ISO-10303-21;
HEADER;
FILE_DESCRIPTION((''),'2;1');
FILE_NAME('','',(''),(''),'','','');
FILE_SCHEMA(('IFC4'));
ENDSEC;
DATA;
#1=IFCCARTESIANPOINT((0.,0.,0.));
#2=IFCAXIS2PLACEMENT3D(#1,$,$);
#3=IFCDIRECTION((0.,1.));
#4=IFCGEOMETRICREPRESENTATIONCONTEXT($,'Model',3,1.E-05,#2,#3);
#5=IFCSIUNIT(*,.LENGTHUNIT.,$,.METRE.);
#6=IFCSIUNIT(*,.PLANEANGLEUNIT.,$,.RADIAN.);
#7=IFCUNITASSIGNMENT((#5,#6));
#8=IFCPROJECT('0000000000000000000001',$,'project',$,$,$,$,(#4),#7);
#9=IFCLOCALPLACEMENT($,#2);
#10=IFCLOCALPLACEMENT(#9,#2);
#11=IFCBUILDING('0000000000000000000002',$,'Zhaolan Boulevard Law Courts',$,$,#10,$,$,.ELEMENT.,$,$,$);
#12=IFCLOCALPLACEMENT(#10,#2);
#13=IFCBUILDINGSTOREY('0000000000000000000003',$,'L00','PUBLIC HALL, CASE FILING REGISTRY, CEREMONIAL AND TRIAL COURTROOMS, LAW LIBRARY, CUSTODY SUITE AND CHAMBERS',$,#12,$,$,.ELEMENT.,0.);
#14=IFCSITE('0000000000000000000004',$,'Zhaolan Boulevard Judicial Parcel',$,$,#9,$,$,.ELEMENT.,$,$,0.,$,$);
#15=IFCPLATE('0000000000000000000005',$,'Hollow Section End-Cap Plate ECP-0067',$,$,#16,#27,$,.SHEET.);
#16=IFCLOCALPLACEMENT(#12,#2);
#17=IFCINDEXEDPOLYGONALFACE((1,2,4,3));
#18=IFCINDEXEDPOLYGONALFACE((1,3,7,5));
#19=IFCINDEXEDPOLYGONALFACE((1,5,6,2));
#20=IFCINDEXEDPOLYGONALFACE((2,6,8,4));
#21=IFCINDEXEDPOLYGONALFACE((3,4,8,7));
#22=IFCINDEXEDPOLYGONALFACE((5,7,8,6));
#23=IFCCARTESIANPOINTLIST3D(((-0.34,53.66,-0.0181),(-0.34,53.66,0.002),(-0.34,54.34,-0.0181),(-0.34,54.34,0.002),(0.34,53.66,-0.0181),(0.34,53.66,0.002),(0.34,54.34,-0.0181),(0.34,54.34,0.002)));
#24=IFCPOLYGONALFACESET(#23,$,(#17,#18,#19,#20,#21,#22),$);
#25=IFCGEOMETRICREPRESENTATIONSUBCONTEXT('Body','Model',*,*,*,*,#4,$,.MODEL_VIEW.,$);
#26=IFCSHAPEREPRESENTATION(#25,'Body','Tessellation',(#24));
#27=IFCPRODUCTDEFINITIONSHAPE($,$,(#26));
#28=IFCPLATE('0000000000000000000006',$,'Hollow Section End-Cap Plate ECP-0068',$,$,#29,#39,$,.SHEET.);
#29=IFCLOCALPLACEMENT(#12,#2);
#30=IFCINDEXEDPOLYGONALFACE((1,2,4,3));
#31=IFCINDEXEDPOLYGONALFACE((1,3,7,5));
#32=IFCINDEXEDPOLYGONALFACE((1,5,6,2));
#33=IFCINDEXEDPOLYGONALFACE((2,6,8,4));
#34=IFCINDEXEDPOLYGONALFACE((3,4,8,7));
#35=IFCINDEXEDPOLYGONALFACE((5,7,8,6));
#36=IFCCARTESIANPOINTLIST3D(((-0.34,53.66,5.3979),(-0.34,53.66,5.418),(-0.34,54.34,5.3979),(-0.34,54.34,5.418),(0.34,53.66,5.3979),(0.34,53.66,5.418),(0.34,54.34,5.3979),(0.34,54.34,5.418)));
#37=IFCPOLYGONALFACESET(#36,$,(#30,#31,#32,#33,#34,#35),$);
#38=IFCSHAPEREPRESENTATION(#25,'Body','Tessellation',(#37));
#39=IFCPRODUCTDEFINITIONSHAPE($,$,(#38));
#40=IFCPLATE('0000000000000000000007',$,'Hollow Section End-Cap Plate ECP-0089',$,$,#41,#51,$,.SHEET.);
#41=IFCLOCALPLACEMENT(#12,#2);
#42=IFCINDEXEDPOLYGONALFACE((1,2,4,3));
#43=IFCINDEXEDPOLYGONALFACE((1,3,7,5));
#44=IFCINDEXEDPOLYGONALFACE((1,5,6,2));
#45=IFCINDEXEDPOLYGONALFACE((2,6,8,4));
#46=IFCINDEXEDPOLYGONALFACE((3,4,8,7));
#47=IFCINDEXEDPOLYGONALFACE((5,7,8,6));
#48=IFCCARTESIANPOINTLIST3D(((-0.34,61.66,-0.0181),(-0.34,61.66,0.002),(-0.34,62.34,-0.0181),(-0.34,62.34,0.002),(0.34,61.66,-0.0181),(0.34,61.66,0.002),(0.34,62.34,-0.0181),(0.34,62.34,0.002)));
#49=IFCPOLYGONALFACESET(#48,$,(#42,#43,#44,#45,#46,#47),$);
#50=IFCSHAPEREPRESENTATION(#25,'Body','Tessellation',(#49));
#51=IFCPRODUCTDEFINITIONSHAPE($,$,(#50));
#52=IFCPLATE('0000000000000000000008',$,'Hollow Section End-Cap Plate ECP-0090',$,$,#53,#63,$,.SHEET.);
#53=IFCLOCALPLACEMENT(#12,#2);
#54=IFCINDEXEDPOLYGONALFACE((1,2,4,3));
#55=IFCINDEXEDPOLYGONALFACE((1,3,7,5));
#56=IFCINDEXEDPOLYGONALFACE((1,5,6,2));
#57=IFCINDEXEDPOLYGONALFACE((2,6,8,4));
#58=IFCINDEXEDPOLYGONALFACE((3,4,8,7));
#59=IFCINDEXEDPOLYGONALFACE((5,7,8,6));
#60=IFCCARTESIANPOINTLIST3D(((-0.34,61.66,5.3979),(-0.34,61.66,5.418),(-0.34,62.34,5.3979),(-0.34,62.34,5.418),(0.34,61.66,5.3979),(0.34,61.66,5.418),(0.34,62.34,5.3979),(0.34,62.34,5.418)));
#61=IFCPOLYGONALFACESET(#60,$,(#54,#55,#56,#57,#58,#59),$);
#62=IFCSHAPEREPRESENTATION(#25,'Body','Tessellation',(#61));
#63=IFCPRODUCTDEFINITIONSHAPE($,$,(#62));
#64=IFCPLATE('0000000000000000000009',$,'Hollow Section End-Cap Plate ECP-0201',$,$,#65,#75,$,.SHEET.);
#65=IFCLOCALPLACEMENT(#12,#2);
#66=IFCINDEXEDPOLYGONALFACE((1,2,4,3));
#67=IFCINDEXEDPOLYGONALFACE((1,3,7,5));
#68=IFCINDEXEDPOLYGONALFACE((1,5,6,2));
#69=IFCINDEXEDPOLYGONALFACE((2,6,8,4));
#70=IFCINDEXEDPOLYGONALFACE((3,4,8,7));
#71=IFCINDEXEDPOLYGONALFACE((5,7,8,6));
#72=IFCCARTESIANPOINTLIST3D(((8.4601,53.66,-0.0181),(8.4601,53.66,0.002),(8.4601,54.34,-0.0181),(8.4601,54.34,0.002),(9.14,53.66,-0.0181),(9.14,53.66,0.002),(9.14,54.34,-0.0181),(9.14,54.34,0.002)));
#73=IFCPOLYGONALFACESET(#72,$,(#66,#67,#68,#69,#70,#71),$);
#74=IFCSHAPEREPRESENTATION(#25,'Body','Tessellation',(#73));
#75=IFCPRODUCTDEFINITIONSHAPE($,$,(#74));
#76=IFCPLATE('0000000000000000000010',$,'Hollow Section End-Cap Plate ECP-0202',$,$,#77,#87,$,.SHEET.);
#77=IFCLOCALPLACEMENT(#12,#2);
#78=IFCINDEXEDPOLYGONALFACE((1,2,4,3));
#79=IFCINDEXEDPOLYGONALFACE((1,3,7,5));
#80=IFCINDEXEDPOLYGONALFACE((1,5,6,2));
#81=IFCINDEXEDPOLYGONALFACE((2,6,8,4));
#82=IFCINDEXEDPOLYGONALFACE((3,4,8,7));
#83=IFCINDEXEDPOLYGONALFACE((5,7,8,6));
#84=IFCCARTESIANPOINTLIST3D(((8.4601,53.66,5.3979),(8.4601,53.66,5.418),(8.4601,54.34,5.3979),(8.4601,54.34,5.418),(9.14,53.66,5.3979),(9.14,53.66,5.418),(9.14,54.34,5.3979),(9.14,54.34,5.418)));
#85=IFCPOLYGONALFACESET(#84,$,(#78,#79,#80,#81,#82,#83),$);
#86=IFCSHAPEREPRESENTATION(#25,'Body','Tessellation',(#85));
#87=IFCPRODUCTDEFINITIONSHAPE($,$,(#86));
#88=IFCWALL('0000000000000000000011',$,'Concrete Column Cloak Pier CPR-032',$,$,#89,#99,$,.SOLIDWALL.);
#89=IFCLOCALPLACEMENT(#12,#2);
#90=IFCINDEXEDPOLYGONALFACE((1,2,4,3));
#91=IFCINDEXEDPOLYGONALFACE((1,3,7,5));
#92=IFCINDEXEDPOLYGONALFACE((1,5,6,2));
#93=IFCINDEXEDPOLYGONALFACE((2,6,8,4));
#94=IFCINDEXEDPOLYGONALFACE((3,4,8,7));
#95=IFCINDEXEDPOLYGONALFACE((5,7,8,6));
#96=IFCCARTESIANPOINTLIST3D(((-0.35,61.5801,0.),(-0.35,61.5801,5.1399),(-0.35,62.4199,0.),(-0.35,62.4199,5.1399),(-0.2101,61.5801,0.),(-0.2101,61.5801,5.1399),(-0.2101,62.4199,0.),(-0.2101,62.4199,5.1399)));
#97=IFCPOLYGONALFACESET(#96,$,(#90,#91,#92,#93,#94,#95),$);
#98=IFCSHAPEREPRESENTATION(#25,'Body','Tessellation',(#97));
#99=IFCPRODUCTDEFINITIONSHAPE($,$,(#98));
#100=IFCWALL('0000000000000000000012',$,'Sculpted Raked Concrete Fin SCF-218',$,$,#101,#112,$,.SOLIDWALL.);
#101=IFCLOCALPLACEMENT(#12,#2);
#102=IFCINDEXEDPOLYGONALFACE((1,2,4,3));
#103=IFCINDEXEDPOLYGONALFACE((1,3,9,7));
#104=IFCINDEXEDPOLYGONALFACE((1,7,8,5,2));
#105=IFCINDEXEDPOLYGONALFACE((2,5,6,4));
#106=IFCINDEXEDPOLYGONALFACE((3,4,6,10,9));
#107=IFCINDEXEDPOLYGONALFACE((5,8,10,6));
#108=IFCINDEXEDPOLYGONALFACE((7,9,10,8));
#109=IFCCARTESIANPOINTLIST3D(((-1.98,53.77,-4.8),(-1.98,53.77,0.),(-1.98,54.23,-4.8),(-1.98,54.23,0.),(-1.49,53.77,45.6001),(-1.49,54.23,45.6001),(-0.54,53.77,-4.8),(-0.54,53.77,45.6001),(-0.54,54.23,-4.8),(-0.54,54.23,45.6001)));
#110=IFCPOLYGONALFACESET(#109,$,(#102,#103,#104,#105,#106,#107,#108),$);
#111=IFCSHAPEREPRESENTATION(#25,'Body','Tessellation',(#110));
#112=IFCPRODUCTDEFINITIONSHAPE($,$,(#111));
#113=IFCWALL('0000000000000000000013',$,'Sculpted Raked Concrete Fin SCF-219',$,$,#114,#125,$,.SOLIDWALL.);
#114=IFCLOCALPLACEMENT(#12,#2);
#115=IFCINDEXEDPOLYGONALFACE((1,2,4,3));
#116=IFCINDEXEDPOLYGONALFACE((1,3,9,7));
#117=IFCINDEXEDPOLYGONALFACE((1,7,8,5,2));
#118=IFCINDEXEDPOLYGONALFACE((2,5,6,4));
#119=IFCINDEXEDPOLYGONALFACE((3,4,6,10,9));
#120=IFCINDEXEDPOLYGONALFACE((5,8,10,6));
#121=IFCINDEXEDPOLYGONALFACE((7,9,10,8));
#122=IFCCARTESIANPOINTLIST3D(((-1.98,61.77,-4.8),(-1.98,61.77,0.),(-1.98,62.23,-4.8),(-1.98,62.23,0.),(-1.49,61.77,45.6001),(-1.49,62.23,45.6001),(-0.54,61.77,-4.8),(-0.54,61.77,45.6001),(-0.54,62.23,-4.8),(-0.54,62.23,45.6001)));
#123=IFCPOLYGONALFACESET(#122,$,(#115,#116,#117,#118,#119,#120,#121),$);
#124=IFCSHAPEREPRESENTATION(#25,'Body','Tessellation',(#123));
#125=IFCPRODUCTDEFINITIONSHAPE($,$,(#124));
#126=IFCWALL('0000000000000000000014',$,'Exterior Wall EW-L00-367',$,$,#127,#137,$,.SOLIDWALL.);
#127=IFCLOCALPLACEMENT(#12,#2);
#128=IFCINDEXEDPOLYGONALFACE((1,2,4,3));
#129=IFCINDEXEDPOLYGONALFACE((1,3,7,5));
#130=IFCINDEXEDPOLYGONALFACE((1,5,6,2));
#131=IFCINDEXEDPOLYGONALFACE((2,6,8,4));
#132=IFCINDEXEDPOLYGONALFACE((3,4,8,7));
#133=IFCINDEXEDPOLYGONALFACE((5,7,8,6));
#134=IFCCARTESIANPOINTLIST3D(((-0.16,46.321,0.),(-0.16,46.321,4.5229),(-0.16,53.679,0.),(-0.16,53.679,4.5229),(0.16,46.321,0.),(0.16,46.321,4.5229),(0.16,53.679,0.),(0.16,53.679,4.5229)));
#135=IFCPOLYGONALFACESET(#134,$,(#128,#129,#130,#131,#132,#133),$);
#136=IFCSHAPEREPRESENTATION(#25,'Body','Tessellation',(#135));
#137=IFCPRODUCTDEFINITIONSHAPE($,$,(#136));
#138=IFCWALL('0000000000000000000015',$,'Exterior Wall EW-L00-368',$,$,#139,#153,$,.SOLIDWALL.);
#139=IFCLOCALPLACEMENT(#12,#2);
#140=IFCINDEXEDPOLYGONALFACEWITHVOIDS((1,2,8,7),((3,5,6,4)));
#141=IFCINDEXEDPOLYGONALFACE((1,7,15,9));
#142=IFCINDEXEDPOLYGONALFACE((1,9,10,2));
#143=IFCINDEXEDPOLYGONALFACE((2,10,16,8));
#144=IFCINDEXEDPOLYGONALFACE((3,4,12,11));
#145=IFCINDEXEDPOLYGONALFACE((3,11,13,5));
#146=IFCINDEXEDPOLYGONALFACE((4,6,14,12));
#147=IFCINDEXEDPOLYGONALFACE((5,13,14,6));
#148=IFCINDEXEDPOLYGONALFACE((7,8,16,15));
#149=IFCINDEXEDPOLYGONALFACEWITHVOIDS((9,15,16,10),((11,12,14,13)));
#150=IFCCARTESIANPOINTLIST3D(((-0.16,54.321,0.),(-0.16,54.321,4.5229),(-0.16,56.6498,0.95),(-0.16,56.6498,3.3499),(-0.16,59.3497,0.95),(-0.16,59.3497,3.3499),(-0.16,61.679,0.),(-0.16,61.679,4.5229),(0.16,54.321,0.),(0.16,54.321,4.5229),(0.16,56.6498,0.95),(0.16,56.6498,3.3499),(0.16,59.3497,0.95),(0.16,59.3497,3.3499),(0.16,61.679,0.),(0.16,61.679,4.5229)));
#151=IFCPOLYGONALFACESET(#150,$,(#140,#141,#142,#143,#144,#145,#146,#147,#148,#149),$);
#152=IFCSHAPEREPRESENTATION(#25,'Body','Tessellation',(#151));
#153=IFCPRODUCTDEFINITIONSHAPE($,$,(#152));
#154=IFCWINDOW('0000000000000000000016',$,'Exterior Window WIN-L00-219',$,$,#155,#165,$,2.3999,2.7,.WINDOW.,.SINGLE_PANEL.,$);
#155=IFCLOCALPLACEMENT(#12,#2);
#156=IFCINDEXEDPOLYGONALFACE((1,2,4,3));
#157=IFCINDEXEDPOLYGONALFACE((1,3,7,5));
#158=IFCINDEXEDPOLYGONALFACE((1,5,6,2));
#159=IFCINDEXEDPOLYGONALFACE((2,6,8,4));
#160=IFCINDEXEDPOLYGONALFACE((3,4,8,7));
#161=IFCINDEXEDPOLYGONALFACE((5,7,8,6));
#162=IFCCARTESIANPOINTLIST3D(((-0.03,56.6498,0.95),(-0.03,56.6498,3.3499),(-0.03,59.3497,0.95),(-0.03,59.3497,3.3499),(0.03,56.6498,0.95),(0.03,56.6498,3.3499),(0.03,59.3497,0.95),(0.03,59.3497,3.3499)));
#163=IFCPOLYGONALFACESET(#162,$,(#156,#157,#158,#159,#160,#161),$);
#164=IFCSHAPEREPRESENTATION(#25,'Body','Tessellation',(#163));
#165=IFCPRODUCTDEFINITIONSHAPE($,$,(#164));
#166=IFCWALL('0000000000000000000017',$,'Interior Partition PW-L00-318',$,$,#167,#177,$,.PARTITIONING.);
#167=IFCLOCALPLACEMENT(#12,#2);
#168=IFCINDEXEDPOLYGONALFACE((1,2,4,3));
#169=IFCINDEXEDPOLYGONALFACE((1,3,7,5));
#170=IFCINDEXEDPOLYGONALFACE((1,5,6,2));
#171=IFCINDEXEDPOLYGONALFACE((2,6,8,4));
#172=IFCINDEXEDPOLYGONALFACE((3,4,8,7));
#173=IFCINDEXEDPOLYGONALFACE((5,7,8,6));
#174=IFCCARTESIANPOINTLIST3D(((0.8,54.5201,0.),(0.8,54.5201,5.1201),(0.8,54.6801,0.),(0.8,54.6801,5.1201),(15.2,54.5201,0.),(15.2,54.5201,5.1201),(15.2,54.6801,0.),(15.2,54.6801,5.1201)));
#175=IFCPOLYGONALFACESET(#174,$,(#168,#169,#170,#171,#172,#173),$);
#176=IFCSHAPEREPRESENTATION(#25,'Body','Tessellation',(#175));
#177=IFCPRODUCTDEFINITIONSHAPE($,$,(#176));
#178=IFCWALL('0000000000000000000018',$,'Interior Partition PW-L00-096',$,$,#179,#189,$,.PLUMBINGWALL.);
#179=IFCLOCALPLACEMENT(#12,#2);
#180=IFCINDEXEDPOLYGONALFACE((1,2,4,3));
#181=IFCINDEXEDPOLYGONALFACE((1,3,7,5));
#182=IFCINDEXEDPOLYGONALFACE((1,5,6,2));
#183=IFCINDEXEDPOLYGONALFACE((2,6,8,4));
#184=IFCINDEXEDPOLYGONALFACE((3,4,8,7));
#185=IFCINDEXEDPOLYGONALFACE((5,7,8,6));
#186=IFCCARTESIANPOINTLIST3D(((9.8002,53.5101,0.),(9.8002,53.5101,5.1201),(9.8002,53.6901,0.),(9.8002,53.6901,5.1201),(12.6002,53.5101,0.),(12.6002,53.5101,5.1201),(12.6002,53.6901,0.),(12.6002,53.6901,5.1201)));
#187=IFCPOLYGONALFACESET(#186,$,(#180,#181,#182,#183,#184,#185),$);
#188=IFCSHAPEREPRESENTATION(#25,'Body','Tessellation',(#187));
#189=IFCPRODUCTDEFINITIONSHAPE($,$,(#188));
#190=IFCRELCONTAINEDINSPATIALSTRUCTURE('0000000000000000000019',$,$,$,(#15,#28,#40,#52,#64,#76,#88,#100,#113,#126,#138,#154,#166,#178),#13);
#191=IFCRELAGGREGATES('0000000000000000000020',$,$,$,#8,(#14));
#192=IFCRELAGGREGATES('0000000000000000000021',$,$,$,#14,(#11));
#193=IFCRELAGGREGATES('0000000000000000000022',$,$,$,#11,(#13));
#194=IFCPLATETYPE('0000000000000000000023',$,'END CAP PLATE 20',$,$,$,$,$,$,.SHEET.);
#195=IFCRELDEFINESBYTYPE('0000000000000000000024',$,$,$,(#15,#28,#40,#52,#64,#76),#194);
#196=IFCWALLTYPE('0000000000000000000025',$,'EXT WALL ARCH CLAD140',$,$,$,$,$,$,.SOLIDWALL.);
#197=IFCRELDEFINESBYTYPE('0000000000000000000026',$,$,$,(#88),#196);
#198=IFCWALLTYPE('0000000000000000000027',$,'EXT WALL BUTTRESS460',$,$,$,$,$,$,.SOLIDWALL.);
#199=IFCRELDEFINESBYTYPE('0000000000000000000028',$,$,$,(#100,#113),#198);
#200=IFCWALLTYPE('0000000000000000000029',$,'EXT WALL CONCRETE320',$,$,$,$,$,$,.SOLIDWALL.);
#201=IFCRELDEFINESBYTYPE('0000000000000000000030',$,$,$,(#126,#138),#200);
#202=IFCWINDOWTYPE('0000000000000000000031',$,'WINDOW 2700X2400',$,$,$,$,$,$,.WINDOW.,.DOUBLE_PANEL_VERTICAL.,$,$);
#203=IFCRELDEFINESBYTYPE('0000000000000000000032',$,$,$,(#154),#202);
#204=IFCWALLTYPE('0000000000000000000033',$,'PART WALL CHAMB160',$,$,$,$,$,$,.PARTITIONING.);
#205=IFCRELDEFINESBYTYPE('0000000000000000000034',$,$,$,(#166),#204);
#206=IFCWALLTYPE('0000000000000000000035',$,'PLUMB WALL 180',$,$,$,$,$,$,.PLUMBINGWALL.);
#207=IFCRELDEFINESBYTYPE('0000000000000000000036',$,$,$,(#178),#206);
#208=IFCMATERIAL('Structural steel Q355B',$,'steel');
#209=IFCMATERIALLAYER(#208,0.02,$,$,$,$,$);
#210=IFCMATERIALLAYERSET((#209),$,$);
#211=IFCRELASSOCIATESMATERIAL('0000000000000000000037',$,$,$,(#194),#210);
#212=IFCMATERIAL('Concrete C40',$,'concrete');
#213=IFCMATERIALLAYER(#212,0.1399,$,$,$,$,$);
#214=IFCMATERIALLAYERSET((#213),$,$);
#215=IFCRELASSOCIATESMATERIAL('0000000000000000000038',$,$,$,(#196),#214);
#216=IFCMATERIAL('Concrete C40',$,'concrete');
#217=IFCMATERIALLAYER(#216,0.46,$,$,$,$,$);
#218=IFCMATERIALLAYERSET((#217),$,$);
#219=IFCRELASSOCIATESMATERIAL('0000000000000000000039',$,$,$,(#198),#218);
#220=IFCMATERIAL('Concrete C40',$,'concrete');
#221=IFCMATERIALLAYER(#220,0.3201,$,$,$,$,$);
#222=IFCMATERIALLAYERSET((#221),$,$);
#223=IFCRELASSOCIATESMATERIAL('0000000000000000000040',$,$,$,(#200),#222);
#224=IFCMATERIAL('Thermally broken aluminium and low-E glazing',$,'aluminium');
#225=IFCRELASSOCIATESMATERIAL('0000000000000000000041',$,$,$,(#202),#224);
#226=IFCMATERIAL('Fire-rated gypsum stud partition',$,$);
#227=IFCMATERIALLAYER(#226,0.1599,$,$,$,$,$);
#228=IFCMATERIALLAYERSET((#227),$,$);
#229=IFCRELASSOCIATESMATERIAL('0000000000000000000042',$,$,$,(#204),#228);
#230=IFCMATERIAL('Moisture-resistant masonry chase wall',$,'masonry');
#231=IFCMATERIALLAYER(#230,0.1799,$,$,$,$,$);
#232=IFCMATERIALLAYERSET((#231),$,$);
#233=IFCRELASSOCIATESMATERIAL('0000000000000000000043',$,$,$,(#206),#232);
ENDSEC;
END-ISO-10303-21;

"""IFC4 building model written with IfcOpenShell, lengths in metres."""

from ifc_helpers import new_model, si_unit, direction, frame, frame_2d, origin, origin_2d, place, context, subcontext, project, spatial, polyline, rectangle, outline, extrude, material, layer, layer_set, type_object, element, fill, save


model = new_model("IFC4")

# Units and contexts
model_context = context("Model", 3, precision=1e-05, world=origin(), true_north=direction((0.0, 1.0)))
body_context = subcontext(model_context, "Body", "Model", "MODEL_VIEW")
ifc_project = project(units=[si_unit("LENGTHUNIT", "METRE"), si_unit("PLANEANGLEUNIT", "RADIAN")], contexts=[model_context])

# Site, building, storey
site_placement = place(None, origin())
site = spatial("IfcSite", under=ifc_project, at=site_placement, Name="Zhaolan Boulevard Judicial Parcel", CompositionType="ELEMENT", RefElevation=0.0)
building_placement = place(site_placement, origin())
building = spatial("IfcBuilding", under=site, at=building_placement, Name="Zhaolan Boulevard Law Courts", CompositionType="ELEMENT")
storey_placement = place(building_placement, origin())
storey = spatial("IfcBuildingStorey", under=building, at=storey_placement, Name="L00", Description="PUBLIC HALL, CASE FILING REGISTRY, CEREMONIAL AND TRIAL COURTROOMS, LAW LIBRARY, CUSTODY SUITE AND CHAMBERS", CompositionType="ELEMENT", Elevation=0.0)

# Plates
ifc_material_1 = material(Name="Structural steel Q355B", Category="steel")
ifc_layer_1 = layer(ifc_material_1, 0.02)
ifc_layer_set_1 = layer_set([ifc_layer_1])
plate_type = type_object("IfcPlateType", Name="END CAP PLATE 20", PredefinedType="SHEET", material=ifc_layer_set_1)
for number, where, z_axis, x_axis, name in (
    (1, (0.0, 54.0, -0.0181), (0.0, 0.0, 1.0), (1.0, 0.0, 0.0), "Hollow Section End-Cap Plate ECP-0067"),
    (2, (0.0, 54.0, 5.3979), (0.0, 0.0, 1.0), (1.0, 0.0, 0.0), "Hollow Section End-Cap Plate ECP-0068"),
    (3, (0.0, 62.0, -0.0181), (0.0, 0.0, 1.0), (1.0, 0.0, 0.0), "Hollow Section End-Cap Plate ECP-0089"),
    (4, (0.0, 62.0, 5.3979), (0.0, 0.0, 1.0), (1.0, 0.0, 0.0), "Hollow Section End-Cap Plate ECP-0090"),
    (5, (8.8, 54.0, -0.0181), (0.0, 0.0, 1.0), (1.0, 0.0, 0.0), "Hollow Section End-Cap Plate ECP-0201"),
    (6, (8.8, 54.0, 5.3979), (0.0, 0.0, 1.0), (1.0, 0.0, 0.0), "Hollow Section End-Cap Plate ECP-0202"),
):
    element("IfcPlate", number, at=place(storey_placement, frame(where, z_axis=z_axis, x_axis=x_axis)), inside=storey, type_object=plate_type, Name=name, PredefinedType="SHEET", context=body_context, shape_type="SweptSolid", body=[
        extrude(rectangle(XDim=0.6799, YDim=0.6799, at=origin_2d()), origin(), (0.0, 0.0, 1.0), 0.02),
    ])

# Walls
ifc_material_2 = material(Name="Concrete C40", Category="concrete")
ifc_layer_2 = layer(ifc_material_2, 0.1399)
ifc_layer_set_2 = layer_set([ifc_layer_2])
wall_type_1 = type_object("IfcWallType", Name="EXT WALL ARCH CLAD140", PredefinedType="SOLIDWALL", material=ifc_layer_set_2)
wall_1_placement = place(storey_placement, frame((-0.28, 61.5801, 0.0), z_axis=(0.0, 0.0, 1.0), x_axis=(0.0, 1.0, 0.0)))
element("IfcWall", 7, at=wall_1_placement, inside=storey, type_object=wall_type_1, Name="Concrete Column Cloak Pier CPR-032", PredefinedType="SOLIDWALL", context=body_context, shape_type="SweptSolid", body=[
    extrude(rectangle(XDim=0.8398, YDim=0.1399, at=frame_2d((0.4199, 0.0))), origin(), (0.0, 0.0, 1.0), 5.1399),
])
ifc_material_3 = material(Name="Concrete C40", Category="concrete")
ifc_layer_3 = layer(ifc_material_3, 0.46)
ifc_layer_set_3 = layer_set([ifc_layer_3])
wall_type_2 = type_object("IfcWallType", Name="EXT WALL BUTTRESS460", PredefinedType="SOLIDWALL", material=ifc_layer_set_3)
for number, where, z_axis, x_axis, name in (
    (8, (-0.54, 54.0, -4.8), (0.0, 0.0, 1.0), (-1.0, 0.0, 0.0), "Sculpted Raked Concrete Fin SCF-218"),
    (9, (-0.54, 62.0, -4.8), (0.0, 0.0, 1.0), (-1.0, 0.0, 0.0), "Sculpted Raked Concrete Fin SCF-219"),
):
    element("IfcWall", number, at=place(storey_placement, frame(where, z_axis=z_axis, x_axis=x_axis)), inside=storey, type_object=wall_type_2, Name=name, PredefinedType="SOLIDWALL", context=body_context, shape_type="SweptSolid", body=[
        extrude(outline(polyline([(0.0, 0.0), (1.4399, 0.0), (1.4399, 4.8), (0.95, 50.4001), (0.0, 50.4001), (0.0, 0.0)])), frame((0.0, 0.23, 0.0), z_axis=(0.0, -1.0, 0.0), x_axis=(1.0, 0.0, 0.0)), (0.0, 0.0, 1.0), 0.46),
    ])
ifc_material_4 = material(Name="Concrete C40", Category="concrete")
ifc_layer_4 = layer(ifc_material_4, 0.3201)
ifc_layer_set_4 = layer_set([ifc_layer_4])
wall_type_3 = type_object("IfcWallType", Name="EXT WALL CONCRETE320", PredefinedType="SOLIDWALL", material=ifc_layer_set_4)
wall_2_placement = place(storey_placement, frame((0.0, 53.679, 0.0), z_axis=(0.0, 0.0, 1.0), x_axis=(0.0, -1.0, 0.0)))
element("IfcWall", 10, at=wall_2_placement, inside=storey, type_object=wall_type_3, Name="Exterior Wall EW-L00-367", PredefinedType="SOLIDWALL", context=body_context, shape_type="SweptSolid", body=[
    extrude(rectangle(XDim=7.3579, YDim=0.3201, at=frame_2d((3.679, 0.0))), origin(), (0.0, 0.0, 1.0), 4.5229),
])

# Wall, opening, window
wall_3_placement = place(storey_placement, frame((0.0, 61.679, 0.0), z_axis=(0.0, 0.0, 1.0), x_axis=(0.0, -1.0, 0.0)))
wall_3 = element("IfcWall", 11, at=wall_3_placement, inside=storey, type_object=wall_type_3, Name="Exterior Wall EW-L00-368", PredefinedType="SOLIDWALL", context=body_context, shape_type="SweptSolid", body=[
    extrude(rectangle(XDim=7.3579, YDim=0.3201, at=frame_2d((3.679, 0.0))), origin(), (0.0, 0.0, 1.0), 4.5229),
])
opening_placement = place(wall_3_placement, frame((2.3291, 0.0, 0.95)))
opening = element("IfcOpeningElement", 12, at=opening_placement, cuts=wall_3, PredefinedType="OPENING", context=body_context, shape_type="SweptSolid", body=[
    extrude(rectangle(XDim=2.7, YDim=2.3999, at=frame_2d((1.3501, 1.2))), frame((0.0, 0.1699, 0.0), z_axis=(0.0, -1.0, 0.0), x_axis=(1.0, 0.0, 0.0)), (0.0, 0.0, 1.0), 0.3401),
])
ifc_material_5 = material(Name="Thermally broken aluminium and low-E glazing", Category="aluminium")
window_type = type_object("IfcWindowType", Name="WINDOW 2700X2400", PartitioningType="DOUBLE_PANEL_VERTICAL", PredefinedType="WINDOW", material=ifc_material_5)
window_placement = place(opening_placement, origin())
window = element("IfcWindow", 13, at=window_placement, inside=storey, type_object=window_type, Name="Exterior Window WIN-L00-219", OverallHeight=2.3999, OverallWidth=2.7, PartitioningType="SINGLE_PANEL", PredefinedType="WINDOW", context=body_context, shape_type="SweptSolid", body=[
    extrude(rectangle(XDim=2.7, YDim=2.3999, at=frame_2d((1.3501, 1.2))), frame((0.0, 0.03, 0.0), z_axis=(0.0, -1.0, 0.0), x_axis=(1.0, 0.0, 0.0)), (0.0, 0.0, 1.0), 0.0601),
])
fill(opening, window)

# Walls
ifc_material_6 = material(Name="Fire-rated gypsum stud partition")
ifc_layer_5 = layer(ifc_material_6, 0.1599)
ifc_layer_set_5 = layer_set([ifc_layer_5])
wall_type_4 = type_object("IfcWallType", Name="PART WALL CHAMB160", PredefinedType="PARTITIONING", material=ifc_layer_set_5)
wall_4_placement = place(storey_placement, frame((0.8, 54.6001, 0.0), z_axis=(0.0, 0.0, 1.0), x_axis=(1.0, 0.0, 0.0)))
element("IfcWall", 14, at=wall_4_placement, inside=storey, type_object=wall_type_4, Name="Interior Partition PW-L00-318", PredefinedType="PARTITIONING", context=body_context, shape_type="SweptSolid", body=[
    extrude(rectangle(XDim=14.3999, YDim=0.1599, at=frame_2d((7.2, 0.0))), origin(), (0.0, 0.0, 1.0), 5.1201),
])
ifc_material_7 = material(Name="Moisture-resistant masonry chase wall", Category="masonry")
ifc_layer_6 = layer(ifc_material_7, 0.1799)
ifc_layer_set_6 = layer_set([ifc_layer_6])
wall_type_5 = type_object("IfcWallType", Name="PLUMB WALL 180", PredefinedType="PLUMBINGWALL", material=ifc_layer_set_6)
wall_5_placement = place(storey_placement, frame((12.6001, 53.6001, 0.0), z_axis=(0.0, 0.0, 1.0), x_axis=(-1.0, 0.0, 0.0)))
element("IfcWall", 15, at=wall_5_placement, inside=storey, type_object=wall_type_5, Name="Interior Partition PW-L00-096", PredefinedType="PLUMBINGWALL", context=body_context, shape_type="SweptSolid", body=[
    extrude(rectangle(XDim=2.8, YDim=0.1799, at=frame_2d((1.3999, 0.0))), origin(), (0.0, 0.0, 1.0), 5.1201),
])

save(model, "model.ifc")
